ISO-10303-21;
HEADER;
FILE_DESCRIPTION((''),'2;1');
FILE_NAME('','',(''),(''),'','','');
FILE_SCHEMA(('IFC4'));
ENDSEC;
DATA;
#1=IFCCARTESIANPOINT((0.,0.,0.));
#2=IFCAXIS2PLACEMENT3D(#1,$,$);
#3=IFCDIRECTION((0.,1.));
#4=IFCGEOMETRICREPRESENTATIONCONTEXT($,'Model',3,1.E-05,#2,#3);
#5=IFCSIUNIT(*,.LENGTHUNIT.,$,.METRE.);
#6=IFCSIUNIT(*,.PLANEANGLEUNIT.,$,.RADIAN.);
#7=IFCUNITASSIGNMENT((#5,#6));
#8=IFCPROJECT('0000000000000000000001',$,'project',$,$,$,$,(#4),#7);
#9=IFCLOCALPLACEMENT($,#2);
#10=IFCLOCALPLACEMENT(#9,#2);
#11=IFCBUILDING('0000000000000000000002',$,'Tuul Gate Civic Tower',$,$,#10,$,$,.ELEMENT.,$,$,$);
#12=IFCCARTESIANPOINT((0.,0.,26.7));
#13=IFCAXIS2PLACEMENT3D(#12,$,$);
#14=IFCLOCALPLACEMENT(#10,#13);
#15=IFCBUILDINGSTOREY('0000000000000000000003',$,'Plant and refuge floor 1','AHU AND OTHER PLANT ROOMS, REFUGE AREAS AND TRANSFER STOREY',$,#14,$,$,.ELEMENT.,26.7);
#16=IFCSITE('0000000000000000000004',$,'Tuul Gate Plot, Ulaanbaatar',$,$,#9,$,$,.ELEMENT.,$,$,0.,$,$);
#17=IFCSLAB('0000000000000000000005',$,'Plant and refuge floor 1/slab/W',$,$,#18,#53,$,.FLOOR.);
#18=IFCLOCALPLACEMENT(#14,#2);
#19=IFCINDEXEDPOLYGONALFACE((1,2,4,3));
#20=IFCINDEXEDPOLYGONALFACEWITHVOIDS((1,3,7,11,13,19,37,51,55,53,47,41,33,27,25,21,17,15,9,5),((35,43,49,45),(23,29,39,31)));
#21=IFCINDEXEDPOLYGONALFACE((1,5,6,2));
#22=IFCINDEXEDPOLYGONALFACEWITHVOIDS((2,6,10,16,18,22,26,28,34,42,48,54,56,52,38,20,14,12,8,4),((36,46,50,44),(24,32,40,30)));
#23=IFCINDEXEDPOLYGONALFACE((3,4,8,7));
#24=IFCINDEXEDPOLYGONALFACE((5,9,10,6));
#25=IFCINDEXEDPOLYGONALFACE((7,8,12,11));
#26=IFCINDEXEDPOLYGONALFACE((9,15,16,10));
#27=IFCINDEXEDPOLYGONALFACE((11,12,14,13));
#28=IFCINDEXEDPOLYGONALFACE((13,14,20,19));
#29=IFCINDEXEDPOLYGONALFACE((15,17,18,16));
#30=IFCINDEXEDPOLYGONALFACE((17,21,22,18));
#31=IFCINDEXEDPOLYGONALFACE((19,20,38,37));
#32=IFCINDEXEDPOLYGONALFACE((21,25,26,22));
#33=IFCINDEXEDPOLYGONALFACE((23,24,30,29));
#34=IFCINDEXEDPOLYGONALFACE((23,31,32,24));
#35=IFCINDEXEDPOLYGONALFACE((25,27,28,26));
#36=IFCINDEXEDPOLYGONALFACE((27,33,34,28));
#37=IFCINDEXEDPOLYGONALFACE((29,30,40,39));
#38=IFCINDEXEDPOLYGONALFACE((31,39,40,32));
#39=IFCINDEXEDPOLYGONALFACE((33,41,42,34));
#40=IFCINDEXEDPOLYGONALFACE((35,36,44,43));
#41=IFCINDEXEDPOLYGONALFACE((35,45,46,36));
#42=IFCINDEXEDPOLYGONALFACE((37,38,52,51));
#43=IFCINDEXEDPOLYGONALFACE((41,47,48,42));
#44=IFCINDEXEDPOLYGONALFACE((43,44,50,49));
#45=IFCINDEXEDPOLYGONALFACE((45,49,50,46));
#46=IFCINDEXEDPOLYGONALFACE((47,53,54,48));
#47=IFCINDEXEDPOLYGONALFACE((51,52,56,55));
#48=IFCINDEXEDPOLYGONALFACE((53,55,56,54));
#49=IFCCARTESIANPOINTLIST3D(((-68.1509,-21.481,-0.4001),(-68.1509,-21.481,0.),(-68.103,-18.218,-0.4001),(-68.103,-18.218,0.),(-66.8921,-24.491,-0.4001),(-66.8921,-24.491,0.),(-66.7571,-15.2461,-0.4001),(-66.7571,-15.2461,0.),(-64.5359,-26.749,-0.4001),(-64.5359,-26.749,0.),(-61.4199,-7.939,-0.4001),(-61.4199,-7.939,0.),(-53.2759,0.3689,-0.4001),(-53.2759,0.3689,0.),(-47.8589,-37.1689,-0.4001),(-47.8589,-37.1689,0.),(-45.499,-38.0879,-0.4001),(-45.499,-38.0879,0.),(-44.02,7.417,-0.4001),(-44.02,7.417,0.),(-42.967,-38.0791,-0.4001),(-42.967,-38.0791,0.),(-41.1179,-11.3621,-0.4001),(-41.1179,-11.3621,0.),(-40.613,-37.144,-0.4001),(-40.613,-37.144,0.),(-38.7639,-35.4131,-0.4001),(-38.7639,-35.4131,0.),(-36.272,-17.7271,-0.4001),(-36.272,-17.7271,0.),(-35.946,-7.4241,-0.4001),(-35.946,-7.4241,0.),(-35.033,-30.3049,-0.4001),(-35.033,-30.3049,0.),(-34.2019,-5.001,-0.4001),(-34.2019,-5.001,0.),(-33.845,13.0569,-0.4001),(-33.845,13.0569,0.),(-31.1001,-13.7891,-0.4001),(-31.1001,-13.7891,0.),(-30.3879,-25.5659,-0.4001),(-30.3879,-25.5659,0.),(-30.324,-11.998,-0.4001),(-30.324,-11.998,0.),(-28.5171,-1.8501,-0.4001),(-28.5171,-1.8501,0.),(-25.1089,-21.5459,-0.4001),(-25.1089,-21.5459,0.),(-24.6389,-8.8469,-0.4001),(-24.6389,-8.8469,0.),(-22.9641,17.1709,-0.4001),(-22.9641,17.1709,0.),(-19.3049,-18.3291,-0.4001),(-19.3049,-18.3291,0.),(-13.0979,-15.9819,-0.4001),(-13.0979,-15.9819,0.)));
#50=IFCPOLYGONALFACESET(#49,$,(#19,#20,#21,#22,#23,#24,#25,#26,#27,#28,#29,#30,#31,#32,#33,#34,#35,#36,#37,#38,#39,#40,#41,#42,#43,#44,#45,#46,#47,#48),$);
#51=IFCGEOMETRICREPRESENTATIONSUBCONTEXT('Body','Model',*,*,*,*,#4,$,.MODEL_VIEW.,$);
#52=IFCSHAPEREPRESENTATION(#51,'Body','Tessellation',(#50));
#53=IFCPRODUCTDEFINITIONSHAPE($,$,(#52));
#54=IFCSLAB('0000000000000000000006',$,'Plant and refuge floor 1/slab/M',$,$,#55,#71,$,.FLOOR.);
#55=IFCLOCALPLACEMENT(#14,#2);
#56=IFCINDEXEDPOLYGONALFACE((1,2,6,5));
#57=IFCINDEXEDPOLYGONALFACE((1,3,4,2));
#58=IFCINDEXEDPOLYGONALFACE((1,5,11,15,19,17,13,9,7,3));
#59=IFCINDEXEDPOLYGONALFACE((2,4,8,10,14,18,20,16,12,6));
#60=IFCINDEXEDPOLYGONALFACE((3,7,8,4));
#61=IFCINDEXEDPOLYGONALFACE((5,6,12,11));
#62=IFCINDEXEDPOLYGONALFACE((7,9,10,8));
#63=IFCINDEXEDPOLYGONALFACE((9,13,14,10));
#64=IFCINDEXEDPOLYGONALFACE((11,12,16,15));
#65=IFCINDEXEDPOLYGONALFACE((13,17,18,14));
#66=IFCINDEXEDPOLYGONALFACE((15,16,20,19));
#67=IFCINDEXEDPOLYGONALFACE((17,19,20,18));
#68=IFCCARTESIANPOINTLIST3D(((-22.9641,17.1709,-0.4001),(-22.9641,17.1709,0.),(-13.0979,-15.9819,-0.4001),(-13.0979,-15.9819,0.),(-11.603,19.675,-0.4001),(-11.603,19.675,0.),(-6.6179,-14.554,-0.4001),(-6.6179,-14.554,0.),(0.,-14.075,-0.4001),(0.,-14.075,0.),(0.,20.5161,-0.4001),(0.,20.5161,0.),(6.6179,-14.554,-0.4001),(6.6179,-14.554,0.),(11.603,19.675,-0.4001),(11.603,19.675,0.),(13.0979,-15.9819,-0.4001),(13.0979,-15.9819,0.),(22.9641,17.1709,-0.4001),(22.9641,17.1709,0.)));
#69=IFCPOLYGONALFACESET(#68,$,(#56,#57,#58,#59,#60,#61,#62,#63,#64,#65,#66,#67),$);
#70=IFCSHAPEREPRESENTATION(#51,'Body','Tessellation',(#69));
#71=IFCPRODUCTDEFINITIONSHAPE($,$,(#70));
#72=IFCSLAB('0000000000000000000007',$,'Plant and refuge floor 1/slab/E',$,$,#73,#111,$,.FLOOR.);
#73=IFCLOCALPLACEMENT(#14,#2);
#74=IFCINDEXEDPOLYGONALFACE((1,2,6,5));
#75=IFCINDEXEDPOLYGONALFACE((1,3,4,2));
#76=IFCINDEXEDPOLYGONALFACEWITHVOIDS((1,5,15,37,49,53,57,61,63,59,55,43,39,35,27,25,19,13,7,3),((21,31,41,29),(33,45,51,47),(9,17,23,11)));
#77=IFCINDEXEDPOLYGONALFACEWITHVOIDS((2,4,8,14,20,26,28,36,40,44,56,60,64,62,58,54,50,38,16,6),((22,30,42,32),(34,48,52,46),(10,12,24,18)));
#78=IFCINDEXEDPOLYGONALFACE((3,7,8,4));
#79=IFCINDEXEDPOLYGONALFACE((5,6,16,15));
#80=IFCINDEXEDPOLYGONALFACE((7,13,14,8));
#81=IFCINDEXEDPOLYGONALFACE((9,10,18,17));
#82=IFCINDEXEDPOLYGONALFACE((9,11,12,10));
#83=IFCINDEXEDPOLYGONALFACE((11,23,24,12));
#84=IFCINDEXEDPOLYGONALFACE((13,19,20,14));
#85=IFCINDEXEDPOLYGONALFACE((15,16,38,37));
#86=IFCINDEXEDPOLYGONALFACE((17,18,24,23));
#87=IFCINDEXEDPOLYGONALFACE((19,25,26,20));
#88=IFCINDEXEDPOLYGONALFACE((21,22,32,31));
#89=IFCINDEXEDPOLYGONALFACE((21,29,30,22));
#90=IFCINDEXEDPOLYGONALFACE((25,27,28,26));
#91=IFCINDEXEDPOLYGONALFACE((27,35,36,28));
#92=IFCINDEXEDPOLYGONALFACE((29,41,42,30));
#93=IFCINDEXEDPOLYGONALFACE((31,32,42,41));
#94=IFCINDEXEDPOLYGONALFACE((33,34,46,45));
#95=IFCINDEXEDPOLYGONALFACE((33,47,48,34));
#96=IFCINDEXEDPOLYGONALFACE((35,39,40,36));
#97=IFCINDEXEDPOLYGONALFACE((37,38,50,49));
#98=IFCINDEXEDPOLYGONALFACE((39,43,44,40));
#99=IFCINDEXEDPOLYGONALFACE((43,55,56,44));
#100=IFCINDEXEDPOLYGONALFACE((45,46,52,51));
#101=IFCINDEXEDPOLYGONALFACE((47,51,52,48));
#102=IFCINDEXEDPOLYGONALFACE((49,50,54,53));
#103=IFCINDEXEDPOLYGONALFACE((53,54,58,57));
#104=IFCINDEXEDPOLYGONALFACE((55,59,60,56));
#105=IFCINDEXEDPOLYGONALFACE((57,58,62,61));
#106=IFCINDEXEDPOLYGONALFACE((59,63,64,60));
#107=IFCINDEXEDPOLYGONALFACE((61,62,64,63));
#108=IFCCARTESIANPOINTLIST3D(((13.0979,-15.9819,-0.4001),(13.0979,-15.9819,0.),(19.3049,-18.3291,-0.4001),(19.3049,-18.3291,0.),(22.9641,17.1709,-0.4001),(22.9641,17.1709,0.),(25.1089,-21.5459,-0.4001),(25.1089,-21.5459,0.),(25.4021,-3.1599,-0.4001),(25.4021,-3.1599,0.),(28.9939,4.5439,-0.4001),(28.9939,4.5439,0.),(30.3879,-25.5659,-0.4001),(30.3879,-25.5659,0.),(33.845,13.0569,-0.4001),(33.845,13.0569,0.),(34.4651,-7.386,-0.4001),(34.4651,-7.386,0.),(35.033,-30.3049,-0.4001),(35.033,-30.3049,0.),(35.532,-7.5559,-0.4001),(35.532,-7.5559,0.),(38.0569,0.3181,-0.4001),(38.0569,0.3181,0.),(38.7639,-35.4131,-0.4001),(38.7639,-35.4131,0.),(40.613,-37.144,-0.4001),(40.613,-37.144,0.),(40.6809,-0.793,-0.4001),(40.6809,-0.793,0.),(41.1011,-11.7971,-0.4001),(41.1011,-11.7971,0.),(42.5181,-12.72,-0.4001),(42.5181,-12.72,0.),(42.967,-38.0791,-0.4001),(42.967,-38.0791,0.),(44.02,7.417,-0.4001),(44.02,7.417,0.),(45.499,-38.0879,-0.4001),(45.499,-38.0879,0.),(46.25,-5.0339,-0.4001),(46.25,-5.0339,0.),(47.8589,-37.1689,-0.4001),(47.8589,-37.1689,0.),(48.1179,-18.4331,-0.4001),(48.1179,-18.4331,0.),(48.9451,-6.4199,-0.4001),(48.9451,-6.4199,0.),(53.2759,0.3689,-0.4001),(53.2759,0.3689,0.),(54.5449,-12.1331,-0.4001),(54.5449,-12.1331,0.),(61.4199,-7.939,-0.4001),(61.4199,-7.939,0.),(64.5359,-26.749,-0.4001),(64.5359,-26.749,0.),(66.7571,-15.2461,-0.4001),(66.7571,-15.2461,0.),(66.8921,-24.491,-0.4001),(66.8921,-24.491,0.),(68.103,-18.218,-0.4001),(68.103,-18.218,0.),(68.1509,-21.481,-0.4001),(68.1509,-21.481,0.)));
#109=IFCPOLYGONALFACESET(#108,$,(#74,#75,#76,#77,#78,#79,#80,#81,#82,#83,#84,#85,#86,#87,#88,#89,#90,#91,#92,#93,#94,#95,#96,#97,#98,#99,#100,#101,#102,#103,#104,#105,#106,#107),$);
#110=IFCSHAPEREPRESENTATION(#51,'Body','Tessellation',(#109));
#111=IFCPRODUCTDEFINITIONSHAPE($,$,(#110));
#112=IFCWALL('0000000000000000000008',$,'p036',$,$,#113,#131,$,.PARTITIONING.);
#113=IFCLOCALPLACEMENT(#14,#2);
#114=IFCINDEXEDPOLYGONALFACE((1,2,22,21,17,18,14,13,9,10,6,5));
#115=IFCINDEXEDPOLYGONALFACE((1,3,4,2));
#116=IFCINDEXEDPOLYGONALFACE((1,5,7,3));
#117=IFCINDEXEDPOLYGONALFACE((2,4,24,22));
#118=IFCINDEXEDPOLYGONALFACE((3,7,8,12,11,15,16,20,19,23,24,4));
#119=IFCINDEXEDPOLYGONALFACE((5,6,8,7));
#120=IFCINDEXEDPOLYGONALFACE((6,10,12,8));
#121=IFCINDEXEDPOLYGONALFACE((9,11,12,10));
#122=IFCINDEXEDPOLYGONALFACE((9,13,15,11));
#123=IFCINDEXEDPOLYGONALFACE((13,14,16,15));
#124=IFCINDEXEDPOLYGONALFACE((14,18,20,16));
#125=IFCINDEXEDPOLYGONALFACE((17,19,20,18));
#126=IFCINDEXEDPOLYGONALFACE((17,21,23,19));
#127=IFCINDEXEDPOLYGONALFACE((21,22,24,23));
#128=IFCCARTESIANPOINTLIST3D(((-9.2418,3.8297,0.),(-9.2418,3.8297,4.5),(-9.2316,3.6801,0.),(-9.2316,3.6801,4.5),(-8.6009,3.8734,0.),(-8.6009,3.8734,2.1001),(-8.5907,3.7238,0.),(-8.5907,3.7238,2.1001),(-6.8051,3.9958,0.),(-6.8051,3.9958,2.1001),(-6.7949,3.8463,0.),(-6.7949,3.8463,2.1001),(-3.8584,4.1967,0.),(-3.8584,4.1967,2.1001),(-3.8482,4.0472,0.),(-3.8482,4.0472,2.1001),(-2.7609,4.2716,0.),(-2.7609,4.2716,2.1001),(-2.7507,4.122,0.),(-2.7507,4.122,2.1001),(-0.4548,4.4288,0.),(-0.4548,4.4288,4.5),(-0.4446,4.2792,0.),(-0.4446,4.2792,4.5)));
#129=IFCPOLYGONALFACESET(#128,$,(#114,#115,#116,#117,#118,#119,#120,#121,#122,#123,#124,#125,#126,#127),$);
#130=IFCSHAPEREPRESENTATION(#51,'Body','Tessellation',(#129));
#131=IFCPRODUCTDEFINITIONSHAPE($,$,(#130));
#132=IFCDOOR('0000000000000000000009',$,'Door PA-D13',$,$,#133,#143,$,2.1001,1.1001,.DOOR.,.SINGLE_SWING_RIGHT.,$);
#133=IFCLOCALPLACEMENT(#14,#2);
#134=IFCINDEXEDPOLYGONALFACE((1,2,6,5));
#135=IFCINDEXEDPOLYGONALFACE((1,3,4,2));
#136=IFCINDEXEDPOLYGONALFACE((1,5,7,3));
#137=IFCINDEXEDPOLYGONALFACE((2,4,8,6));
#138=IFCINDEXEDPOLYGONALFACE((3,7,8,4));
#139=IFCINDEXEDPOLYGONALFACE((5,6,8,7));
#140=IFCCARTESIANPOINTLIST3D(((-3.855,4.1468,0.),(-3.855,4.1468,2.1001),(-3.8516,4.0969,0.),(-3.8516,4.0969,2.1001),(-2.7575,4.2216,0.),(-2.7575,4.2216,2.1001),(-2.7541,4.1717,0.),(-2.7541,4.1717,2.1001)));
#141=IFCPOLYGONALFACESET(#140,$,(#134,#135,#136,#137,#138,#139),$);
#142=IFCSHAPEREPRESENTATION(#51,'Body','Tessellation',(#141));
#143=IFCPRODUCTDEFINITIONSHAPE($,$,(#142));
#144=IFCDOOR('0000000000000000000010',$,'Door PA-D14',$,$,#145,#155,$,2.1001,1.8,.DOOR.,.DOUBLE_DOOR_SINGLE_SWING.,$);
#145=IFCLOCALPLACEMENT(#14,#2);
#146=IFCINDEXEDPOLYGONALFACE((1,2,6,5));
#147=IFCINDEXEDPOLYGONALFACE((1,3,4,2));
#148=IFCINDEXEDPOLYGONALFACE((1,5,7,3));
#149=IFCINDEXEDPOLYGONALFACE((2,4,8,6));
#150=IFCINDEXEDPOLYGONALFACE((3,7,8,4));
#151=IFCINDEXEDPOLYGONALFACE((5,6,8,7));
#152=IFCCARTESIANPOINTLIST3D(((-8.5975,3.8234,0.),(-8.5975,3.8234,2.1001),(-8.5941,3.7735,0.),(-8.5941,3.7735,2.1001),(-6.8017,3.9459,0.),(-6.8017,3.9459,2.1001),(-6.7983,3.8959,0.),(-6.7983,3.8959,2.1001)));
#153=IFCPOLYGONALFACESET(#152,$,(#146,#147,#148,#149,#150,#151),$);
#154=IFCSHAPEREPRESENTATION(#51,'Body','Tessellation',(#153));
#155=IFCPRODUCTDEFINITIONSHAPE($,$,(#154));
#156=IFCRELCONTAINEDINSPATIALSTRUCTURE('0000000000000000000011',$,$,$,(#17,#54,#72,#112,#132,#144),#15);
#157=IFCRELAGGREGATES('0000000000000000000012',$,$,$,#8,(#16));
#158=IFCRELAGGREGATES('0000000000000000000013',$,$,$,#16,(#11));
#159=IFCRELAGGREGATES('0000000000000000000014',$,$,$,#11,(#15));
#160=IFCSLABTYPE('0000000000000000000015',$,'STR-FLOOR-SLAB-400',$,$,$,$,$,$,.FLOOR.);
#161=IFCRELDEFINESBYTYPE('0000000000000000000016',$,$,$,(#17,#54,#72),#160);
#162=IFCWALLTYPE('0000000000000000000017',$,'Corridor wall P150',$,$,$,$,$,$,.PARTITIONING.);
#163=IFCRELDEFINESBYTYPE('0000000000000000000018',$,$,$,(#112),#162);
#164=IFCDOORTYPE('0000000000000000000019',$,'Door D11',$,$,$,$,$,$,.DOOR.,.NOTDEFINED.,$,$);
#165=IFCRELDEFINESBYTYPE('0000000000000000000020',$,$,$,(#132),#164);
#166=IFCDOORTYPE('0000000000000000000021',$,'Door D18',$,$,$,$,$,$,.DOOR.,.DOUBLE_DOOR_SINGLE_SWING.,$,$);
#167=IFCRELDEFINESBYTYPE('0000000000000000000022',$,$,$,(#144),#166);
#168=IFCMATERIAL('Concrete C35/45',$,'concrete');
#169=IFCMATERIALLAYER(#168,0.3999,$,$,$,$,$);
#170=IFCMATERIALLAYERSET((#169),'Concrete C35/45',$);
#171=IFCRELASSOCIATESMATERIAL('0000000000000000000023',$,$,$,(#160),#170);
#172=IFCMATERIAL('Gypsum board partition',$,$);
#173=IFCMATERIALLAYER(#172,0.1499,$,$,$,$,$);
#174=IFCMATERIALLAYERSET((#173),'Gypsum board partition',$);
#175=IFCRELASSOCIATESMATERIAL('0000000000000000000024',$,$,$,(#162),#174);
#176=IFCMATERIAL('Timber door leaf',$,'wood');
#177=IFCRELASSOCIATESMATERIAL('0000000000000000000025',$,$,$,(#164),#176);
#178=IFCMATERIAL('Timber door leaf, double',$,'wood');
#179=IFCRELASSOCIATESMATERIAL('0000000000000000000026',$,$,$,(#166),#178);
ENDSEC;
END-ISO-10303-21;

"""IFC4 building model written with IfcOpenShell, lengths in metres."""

from ifc_helpers import new_model, si_unit, direction, frame, frame_2d, origin, place, context, subcontext, project, spatial, polyline, rectangle, outline, extrude, material, layer, layer_set, type_object, element, fill, save


model = new_model("IFC4")

# Units and contexts
model_context = context("Model", 3, precision=1e-05, world=origin(), true_north=direction((0.0, 1.0)))
body_context = subcontext(model_context, "Body", "Model", "MODEL_VIEW")
ifc_project = project(units=[si_unit("LENGTHUNIT", "METRE"), si_unit("PLANEANGLEUNIT", "RADIAN")], contexts=[model_context])

# Site, building, storey
site_placement = place(None, origin())
site = spatial("IfcSite", under=ifc_project, at=site_placement, Name="Tuul Gate Plot, Ulaanbaatar", CompositionType="ELEMENT", RefElevation=0.0)
building_placement = place(site_placement, origin())
building = spatial("IfcBuilding", under=site, at=building_placement, Name="Tuul Gate Civic Tower", CompositionType="ELEMENT")
storey_placement = place(building_placement, frame((0.0, 0.0, 26.7)))
storey = spatial("IfcBuildingStorey", under=building, at=storey_placement, Name="Plant and refuge floor 1", Description="AHU AND OTHER PLANT ROOMS, REFUGE AREAS AND TRANSFER STOREY", CompositionType="ELEMENT", Elevation=26.7)

# Slabs
ifc_material_1 = material(Name="Concrete C35/45", Category="concrete")
ifc_layer_1 = layer(ifc_material_1, 0.3999)
ifc_layer_set_1 = layer_set([ifc_layer_1], Name="Concrete C35/45")
slab_type_1 = type_object("IfcSlabType", Name="STR-FLOOR-SLAB-400", PredefinedType="FLOOR", material=ifc_layer_set_1)
slab_1_placement = place(storey_placement, frame((0.0, 0.0, -0.4001)))
element("IfcSlab", 1, at=slab_1_placement, inside=storey, type_object=slab_type_1, Name="Plant and refuge floor 1/slab/W", PredefinedType="FLOOR", context=body_context, shape_type="SweptSolid", body=[
    extrude(outline(polyline([(-19.3049, -18.3291), (-13.0979, -15.9819), (-22.9641, 17.1709), (-33.845, 13.0569), (-44.02, 7.417), (-53.2759, 0.3689), (-61.4199, -7.939), (-66.7571, -15.2461), (-68.103, -18.218), (-68.1509, -21.481), (-66.8921, -24.491), (-64.5359, -26.749), (-47.8589, -37.1689), (-45.499, -38.0879), (-42.967, -38.0791), (-40.613, -37.144), (-38.7639, -35.4131), (-35.033, -30.3049), (-30.3879, -25.5659), (-25.1089, -21.5459), (-19.3049, -18.3291)]), holes=[polyline([(-31.1001, -13.7891), (-36.272, -17.7271), (-41.1179, -11.3621), (-35.946, -7.4241), (-31.1001, -13.7891)]), polyline([(-24.6389, -8.8469), (-30.324, -11.998), (-34.2019, -5.001), (-28.5171, -1.8501), (-24.6389, -8.8469)])]), origin(), (0.0, 0.0, 1.0), 0.4001),
])
slab_2_placement = place(storey_placement, frame((0.0, 0.0, -0.4001)))
element("IfcSlab", 2, at=slab_2_placement, inside=storey, type_object=slab_type_1, Name="Plant and refuge floor 1/slab/M", PredefinedType="FLOOR", context=body_context, shape_type="SweptSolid", body=[
    extrude(outline(polyline([(13.0979, -15.9819), (22.9641, 17.1709), (11.603, 19.675), (0.0, 20.5161), (-11.603, 19.675), (-22.9641, 17.1709), (-13.0979, -15.9819), (-6.6179, -14.554), (0.0, -14.075), (6.6179, -14.554), (13.0979, -15.9819)])), origin(), (0.0, 0.0, 1.0), 0.4001),
])
slab_3_placement = place(storey_placement, frame((0.0, 0.0, -0.4001)))
element("IfcSlab", 3, at=slab_3_placement, inside=storey, type_object=slab_type_1, Name="Plant and refuge floor 1/slab/E", PredefinedType="FLOOR", context=body_context, shape_type="SweptSolid", body=[
    extrude(outline(polyline([(45.499, -38.0879), (47.8589, -37.1689), (64.5359, -26.749), (66.8921, -24.491), (68.1509, -21.481), (68.103, -18.218), (66.7571, -15.2461), (61.4199, -7.939), (53.2759, 0.3689), (44.02, 7.417), (33.845, 13.0569), (22.9641, 17.1709), (13.0979, -15.9819), (19.3049, -18.3291), (25.1089, -21.5459), (30.3879, -25.5659), (35.033, -30.3049), (38.7639, -35.4131), (40.613, -37.144), (42.967, -38.0791), (45.499, -38.0879)]), holes=[polyline([(48.1179, -18.4331), (42.5181, -12.72), (48.9451, -6.4199), (54.5449, -12.1331), (48.1179, -18.4331)]), polyline([(35.532, -7.5559), (40.6809, -0.793), (46.25, -5.0339), (41.1011, -11.7971), (35.532, -7.5559)]), polyline([(25.4021, -3.1599), (28.9939, 4.5439), (38.0569, 0.3181), (34.4651, -7.386), (25.4021, -3.1599)])]), origin(), (0.0, 0.0, 1.0), 0.4001),
])

# Wall, openings, doors
ifc_material_2 = material(Name="Gypsum board partition")
ifc_layer_2 = layer(ifc_material_2, 0.1499)
ifc_layer_set_2 = layer_set([ifc_layer_2], Name="Gypsum board partition")
wall_type_1 = type_object("IfcWallType", Name="Corridor wall P150", PredefinedType="PARTITIONING", material=ifc_layer_set_2)
wall_1_placement = place(storey_placement, frame((-9.2368, 3.7549, 0.0), z_axis=(0.0, 0.0, 1.0), x_axis=(0.997684, 0.068026, 0.0)))
wall_1 = element("IfcWall", 4, at=wall_1_placement, inside=storey, type_object=wall_type_1, Name="p036", PredefinedType="PARTITIONING", context=body_context, shape_type="SweptSolid", body=[
    extrude(rectangle(XDim=8.8074, YDim=0.1499, at=frame_2d((4.4038, 0.0))), origin(), (0.0, 0.0, 1.0), 4.5),
])
opening_1_placement = place(wall_1_placement, frame((5.396, 0.0, 0.0)))
opening_1 = element("IfcOpeningElement", 5, at=opening_1_placement, cuts=wall_1, PredefinedType="OPENING", context=body_context, shape_type="SweptSolid", body=[
    extrude(rectangle(XDim=1.1001, YDim=2.1001, at=frame_2d((0.55, 1.05))), frame((0.0, 0.085, 0.0), z_axis=(0.0, -1.0, 0.0), x_axis=(1.0, 0.0, 0.0)), (0.0, 0.0, 1.0), 0.1699),
])
opening_2_placement = place(wall_1_placement, frame((0.6426, 0.0, 0.0)))
opening_2 = element("IfcOpeningElement", 6, at=opening_2_placement, cuts=wall_1, PredefinedType="OPENING", context=body_context, shape_type="SweptSolid", body=[
    extrude(rectangle(XDim=1.8, YDim=2.1001, at=frame_2d((0.8999, 1.05))), frame((0.0, 0.085, 0.0), z_axis=(0.0, -1.0, 0.0), x_axis=(1.0, 0.0, 0.0)), (0.0, 0.0, 1.0), 0.1699),
])
ifc_material_3 = material(Name="Timber door leaf", Category="wood")
door_type_1 = type_object("IfcDoorType", Name="Door D11", OperationType="NOTDEFINED", PredefinedType="DOOR", material=ifc_material_3)
door_1_placement = place(opening_1_placement, origin())
door_1 = element("IfcDoor", 7, at=door_1_placement, inside=storey, type_object=door_type_1, Name="Door PA-D13", OperationType="SINGLE_SWING_RIGHT", OverallHeight=2.1001, OverallWidth=1.1001, PredefinedType="DOOR", context=body_context, shape_type="SweptSolid", body=[
    extrude(rectangle(XDim=1.1001, YDim=2.1001, at=frame_2d((0.55, 1.05))), frame((0.0, 0.0249, 0.0), z_axis=(0.0, -1.0, 0.0), x_axis=(1.0, 0.0, 0.0)), (0.0, 0.0, 1.0), 0.05),
])
fill(opening_1, door_1)
ifc_material_4 = material(Name="Timber door leaf, double", Category="wood")
door_type_2 = type_object("IfcDoorType", Name="Door D18", OperationType="DOUBLE_DOOR_SINGLE_SWING", PredefinedType="DOOR", material=ifc_material_4)
door_2_placement = place(opening_2_placement, origin())
door_2 = element("IfcDoor", 8, at=door_2_placement, inside=storey, type_object=door_type_2, Name="Door PA-D14", OperationType="DOUBLE_DOOR_SINGLE_SWING", OverallHeight=2.1001, OverallWidth=1.8, PredefinedType="DOOR", context=body_context, shape_type="SweptSolid", body=[
    extrude(rectangle(XDim=1.8, YDim=2.1001, at=frame_2d((0.8999, 1.05))), frame((0.0, 0.0249, 0.0), z_axis=(0.0, -1.0, 0.0), x_axis=(1.0, 0.0, 0.0)), (0.0, 0.0, 1.0), 0.05),
])
fill(opening_2, door_2)

save(model, "model.ifc")
